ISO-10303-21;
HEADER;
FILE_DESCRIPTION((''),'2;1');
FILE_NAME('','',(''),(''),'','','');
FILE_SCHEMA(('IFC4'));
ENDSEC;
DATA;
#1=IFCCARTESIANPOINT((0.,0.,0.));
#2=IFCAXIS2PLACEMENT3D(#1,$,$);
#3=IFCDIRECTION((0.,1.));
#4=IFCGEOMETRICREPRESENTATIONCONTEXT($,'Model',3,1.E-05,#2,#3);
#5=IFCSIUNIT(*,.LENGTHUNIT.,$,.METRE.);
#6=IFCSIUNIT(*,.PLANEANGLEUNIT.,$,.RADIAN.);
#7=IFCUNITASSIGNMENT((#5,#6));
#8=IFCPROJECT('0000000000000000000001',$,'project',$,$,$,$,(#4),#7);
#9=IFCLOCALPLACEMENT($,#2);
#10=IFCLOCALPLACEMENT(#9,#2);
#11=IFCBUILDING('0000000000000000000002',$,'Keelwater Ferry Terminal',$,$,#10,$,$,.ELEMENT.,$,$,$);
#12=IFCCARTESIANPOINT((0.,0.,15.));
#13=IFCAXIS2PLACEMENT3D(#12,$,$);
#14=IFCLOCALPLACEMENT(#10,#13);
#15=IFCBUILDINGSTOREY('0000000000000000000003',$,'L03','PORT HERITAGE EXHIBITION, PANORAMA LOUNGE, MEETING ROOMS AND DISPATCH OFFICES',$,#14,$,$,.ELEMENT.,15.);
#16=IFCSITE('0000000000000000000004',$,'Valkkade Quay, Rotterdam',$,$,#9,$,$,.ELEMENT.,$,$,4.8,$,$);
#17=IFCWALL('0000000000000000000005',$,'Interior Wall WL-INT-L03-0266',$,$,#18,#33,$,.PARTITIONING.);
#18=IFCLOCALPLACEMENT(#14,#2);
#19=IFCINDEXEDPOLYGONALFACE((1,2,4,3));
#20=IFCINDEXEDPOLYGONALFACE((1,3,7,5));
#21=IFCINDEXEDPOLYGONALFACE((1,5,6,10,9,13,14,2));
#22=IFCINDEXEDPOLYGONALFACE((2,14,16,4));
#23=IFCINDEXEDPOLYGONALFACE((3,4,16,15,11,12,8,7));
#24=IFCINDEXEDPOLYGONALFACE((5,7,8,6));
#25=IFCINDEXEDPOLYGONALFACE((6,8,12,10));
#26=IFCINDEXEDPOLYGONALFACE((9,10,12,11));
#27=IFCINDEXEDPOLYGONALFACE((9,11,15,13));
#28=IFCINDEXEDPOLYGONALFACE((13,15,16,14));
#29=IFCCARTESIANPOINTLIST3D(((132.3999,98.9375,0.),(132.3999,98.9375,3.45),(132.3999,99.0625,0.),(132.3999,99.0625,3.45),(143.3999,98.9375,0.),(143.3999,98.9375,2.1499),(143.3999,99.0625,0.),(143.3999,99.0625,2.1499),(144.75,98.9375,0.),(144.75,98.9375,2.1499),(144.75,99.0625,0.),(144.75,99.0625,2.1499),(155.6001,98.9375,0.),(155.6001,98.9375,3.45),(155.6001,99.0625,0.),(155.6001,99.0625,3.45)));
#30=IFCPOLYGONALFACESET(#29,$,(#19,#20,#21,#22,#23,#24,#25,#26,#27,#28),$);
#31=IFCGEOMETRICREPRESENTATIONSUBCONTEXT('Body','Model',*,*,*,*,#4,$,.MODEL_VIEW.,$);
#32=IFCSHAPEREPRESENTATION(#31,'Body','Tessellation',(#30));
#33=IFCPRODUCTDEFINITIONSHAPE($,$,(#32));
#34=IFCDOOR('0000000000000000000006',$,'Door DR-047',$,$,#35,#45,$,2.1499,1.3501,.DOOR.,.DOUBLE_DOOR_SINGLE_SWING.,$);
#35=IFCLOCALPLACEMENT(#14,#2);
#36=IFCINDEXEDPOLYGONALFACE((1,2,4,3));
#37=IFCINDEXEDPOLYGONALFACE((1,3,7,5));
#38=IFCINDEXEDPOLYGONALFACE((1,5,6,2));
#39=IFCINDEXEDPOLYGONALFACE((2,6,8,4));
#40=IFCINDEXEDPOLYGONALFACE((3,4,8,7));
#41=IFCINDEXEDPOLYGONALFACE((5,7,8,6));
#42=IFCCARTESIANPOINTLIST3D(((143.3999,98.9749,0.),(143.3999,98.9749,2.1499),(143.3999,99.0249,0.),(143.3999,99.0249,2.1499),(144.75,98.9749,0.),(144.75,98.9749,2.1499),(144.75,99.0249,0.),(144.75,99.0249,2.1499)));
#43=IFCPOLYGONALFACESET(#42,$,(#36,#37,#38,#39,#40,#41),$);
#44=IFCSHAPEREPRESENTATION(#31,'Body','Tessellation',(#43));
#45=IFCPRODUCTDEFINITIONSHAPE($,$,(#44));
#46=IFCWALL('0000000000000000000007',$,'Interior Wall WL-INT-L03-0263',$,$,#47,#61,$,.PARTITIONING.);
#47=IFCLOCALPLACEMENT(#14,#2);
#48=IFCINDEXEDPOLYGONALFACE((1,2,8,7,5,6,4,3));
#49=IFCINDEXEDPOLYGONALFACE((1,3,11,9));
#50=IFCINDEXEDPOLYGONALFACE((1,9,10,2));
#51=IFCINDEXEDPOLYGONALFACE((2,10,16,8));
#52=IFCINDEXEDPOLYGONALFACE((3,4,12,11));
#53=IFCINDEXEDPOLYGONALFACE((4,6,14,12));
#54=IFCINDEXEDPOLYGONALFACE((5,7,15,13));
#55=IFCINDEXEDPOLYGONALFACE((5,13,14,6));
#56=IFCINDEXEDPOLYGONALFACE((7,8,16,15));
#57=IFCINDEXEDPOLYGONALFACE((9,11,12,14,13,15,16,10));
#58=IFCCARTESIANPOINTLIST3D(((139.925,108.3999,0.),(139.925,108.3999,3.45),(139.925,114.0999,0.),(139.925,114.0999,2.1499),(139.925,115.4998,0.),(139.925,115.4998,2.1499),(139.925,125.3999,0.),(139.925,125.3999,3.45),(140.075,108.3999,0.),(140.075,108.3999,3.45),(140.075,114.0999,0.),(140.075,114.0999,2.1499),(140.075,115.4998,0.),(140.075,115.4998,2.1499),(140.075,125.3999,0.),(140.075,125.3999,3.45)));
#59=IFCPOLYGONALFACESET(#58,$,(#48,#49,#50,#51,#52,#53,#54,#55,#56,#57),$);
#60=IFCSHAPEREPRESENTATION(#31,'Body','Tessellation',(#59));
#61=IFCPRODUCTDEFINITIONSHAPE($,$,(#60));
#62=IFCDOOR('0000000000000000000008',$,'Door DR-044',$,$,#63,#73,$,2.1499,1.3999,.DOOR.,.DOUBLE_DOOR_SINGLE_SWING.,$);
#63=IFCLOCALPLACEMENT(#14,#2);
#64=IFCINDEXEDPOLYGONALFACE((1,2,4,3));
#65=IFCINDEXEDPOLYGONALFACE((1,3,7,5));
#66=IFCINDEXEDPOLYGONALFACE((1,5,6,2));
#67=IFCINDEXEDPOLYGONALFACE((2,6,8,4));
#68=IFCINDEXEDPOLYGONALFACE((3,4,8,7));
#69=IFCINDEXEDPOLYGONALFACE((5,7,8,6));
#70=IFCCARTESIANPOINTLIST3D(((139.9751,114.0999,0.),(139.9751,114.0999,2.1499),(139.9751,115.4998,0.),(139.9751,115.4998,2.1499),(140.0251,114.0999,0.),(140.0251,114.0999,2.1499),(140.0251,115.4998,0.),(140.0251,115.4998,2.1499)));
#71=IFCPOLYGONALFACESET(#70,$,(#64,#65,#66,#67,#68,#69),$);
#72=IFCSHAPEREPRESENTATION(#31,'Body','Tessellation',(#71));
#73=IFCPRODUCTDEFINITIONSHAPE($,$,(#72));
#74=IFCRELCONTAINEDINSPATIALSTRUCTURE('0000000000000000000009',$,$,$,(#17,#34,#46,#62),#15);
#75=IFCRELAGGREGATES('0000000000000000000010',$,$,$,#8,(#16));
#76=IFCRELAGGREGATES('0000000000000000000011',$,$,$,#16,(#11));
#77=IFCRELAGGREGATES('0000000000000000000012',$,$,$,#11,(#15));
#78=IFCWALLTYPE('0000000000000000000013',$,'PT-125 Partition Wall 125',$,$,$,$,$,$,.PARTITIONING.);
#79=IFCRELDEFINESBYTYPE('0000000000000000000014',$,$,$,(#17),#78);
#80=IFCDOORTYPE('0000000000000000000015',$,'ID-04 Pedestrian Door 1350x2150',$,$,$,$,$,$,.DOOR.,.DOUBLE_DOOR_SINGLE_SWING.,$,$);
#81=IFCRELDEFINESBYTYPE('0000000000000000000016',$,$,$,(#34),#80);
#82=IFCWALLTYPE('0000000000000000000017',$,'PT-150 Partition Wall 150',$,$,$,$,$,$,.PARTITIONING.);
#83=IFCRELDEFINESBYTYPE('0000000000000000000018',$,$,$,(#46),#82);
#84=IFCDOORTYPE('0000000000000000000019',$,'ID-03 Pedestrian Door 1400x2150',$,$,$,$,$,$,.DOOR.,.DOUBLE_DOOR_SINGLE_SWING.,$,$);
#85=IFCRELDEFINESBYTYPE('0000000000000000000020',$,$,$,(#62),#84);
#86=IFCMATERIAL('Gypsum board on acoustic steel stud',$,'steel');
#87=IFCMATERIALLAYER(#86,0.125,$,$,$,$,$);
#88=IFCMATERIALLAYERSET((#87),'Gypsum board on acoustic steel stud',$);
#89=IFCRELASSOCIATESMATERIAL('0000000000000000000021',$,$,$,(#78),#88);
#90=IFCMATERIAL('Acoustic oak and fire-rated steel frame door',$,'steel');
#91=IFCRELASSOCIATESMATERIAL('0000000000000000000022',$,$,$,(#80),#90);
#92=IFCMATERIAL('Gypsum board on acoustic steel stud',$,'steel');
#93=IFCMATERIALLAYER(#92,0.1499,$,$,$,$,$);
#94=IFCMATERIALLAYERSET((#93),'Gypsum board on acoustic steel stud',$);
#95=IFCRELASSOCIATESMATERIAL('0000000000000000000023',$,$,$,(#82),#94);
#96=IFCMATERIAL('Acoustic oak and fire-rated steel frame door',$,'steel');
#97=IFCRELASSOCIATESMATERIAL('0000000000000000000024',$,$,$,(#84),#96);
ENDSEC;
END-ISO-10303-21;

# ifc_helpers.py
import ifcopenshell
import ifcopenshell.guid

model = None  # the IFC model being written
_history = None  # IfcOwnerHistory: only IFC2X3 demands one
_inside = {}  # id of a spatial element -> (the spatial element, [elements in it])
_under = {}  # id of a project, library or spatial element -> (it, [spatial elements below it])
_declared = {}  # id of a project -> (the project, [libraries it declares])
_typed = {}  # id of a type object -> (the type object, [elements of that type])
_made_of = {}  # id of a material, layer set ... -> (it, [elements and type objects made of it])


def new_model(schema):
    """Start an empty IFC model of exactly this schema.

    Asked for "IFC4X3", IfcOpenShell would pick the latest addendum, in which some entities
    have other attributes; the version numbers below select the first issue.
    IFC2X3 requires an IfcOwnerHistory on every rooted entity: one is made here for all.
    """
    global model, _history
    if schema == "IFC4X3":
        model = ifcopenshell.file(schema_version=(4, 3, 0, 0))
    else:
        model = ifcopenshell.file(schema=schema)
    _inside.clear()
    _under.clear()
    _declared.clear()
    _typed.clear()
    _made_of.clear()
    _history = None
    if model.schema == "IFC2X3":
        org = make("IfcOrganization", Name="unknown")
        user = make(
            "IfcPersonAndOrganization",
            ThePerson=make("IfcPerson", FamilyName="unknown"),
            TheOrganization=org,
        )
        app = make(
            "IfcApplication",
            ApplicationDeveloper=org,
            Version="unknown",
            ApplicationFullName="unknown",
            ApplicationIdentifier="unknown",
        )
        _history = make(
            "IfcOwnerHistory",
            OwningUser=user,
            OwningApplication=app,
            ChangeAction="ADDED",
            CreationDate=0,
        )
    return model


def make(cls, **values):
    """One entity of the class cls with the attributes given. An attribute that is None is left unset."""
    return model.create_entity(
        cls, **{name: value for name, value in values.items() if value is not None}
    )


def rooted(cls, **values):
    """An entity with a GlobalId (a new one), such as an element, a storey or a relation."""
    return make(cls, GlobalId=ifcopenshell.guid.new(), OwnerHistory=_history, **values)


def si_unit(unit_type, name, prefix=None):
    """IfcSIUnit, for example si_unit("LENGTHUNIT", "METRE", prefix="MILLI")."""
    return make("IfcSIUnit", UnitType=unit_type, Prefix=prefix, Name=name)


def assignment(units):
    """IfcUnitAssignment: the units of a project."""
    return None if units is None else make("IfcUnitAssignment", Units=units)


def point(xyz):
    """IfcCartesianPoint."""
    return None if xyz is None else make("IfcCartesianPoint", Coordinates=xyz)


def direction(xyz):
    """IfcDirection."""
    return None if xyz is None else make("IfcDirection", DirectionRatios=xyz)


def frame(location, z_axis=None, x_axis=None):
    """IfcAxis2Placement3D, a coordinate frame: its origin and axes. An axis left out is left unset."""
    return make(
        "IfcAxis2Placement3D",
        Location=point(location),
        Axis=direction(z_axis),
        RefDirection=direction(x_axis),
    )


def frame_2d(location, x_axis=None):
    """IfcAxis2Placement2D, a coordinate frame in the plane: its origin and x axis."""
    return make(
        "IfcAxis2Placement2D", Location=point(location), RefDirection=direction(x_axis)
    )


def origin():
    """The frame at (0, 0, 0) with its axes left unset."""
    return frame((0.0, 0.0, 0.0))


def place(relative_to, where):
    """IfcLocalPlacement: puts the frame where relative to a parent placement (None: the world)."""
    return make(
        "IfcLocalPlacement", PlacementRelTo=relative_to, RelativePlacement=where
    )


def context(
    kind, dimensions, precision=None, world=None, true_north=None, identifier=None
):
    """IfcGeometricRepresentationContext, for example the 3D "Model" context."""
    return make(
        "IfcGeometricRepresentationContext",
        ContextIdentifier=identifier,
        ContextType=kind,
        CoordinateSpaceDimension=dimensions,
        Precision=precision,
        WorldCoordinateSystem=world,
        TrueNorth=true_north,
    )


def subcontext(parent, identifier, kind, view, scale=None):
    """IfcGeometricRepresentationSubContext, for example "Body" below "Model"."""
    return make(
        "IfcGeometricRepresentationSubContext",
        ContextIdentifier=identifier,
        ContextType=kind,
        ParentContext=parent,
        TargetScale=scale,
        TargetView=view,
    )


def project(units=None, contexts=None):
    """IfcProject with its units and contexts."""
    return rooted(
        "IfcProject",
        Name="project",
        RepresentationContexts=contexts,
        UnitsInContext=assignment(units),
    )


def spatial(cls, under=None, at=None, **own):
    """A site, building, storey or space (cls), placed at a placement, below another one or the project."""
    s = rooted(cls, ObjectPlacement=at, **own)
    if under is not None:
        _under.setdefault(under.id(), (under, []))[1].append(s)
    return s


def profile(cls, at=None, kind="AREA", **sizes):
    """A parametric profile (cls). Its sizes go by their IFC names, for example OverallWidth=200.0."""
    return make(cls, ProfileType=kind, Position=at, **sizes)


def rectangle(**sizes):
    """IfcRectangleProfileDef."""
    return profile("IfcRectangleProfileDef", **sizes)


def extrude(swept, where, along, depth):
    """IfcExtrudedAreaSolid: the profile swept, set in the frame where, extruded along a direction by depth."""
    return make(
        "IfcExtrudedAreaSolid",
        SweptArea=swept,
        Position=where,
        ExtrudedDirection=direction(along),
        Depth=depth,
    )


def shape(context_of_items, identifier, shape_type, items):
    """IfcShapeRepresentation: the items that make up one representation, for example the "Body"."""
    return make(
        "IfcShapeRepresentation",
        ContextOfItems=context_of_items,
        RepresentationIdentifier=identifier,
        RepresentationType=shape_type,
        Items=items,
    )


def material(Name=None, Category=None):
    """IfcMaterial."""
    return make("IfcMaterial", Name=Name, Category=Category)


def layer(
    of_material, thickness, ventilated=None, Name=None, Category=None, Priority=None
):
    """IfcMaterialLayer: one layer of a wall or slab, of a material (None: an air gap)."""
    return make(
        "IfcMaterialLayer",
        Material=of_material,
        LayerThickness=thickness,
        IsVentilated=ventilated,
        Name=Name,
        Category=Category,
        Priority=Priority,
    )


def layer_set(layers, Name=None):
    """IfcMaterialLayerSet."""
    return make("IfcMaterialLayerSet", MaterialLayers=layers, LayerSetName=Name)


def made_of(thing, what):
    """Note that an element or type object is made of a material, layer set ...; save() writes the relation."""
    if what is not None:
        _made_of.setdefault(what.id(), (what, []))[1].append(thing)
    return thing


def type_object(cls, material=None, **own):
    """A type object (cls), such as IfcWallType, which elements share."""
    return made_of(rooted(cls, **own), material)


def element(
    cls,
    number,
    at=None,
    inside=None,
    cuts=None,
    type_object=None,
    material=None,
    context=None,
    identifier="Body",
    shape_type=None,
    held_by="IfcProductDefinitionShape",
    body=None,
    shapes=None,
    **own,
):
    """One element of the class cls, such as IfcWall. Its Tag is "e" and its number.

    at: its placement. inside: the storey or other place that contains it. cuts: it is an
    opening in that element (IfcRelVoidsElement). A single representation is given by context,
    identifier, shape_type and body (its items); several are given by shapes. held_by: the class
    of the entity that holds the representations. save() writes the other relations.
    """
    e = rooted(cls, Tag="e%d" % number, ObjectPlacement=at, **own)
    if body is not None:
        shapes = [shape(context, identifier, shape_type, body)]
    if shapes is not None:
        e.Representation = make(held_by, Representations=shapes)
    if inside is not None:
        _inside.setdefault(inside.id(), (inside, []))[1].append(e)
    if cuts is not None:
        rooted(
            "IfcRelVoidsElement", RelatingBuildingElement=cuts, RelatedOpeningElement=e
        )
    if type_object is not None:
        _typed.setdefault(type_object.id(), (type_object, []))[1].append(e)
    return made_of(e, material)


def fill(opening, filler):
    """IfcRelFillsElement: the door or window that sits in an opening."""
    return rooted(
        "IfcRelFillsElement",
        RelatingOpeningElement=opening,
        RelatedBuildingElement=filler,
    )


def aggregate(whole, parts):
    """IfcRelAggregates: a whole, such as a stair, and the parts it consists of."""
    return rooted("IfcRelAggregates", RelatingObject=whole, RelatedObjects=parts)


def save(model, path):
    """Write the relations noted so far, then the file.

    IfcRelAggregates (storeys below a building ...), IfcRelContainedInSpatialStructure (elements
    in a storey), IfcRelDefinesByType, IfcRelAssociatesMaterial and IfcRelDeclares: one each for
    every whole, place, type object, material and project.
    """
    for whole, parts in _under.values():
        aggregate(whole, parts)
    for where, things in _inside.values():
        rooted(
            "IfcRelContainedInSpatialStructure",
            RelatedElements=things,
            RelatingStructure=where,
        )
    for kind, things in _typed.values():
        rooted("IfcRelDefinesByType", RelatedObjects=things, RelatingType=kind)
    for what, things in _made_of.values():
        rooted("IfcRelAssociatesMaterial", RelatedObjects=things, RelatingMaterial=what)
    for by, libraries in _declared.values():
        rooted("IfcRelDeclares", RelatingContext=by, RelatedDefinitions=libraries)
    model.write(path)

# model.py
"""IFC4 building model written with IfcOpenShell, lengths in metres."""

from ifc_helpers import new_model, si_unit, direction, frame, frame_2d, origin, place, context, subcontext, project, spatial, rectangle, extrude, material, layer, layer_set, type_object, element, fill, save


model = new_model("IFC4")

# Units and contexts
model_context = context("Model", 3, precision=1e-05, world=origin(), true_north=direction((0.0, 1.0)))
body_context = subcontext(model_context, "Body", "Model", "MODEL_VIEW")
ifc_project = project(units=[si_unit("LENGTHUNIT", "METRE"), si_unit("PLANEANGLEUNIT", "RADIAN")], contexts=[model_context])

# Site, building, storey
site_placement = place(None, origin())
site = spatial("IfcSite", under=ifc_project, at=site_placement, Name="Valkkade Quay, Rotterdam", CompositionType="ELEMENT", RefElevation=4.8)
building_placement = place(site_placement, origin())
building = spatial("IfcBuilding", under=site, at=building_placement, Name="Keelwater Ferry Terminal", CompositionType="ELEMENT")
storey_placement = place(building_placement, frame((0.0, 0.0, 15.0)))
storey = spatial("IfcBuildingStorey", under=building, at=storey_placement, Name="L03", Description="PORT HERITAGE EXHIBITION, PANORAMA LOUNGE, MEETING ROOMS AND DISPATCH OFFICES", CompositionType="ELEMENT", Elevation=15.0)

# Walls, openings, doors
ifc_material_1 = material(Name="Gypsum board on acoustic steel stud", Category="steel")
ifc_layer_1 = layer(ifc_material_1, 0.125)
ifc_layer_set_1 = layer_set([ifc_layer_1], Name="Gypsum board on acoustic steel stud")
wall_type_1 = type_object("IfcWallType", Name="PT-125 Partition Wall 125", PredefinedType="PARTITIONING", material=ifc_layer_set_1)
wall_1_placement = place(storey_placement, frame((132.3999, 99.0, 0.0), z_axis=(0.0, 0.0, 1.0), x_axis=(1.0, 0.0, 0.0)))
wall_1 = element("IfcWall", 1, at=wall_1_placement, inside=storey, type_object=wall_type_1, Name="Interior Wall WL-INT-L03-0266", PredefinedType="PARTITIONING", context=body_context, shape_type="SweptSolid", body=[
    extrude(rectangle(XDim=23.2002, YDim=0.125, at=frame_2d((11.6001, 0.0))), origin(), (0.0, 0.0, 1.0), 3.45),
])
opening_1_placement = place(wall_1_placement, frame((11.0, 0.0, 0.0)))
opening_1 = element("IfcOpeningElement", 2, at=opening_1_placement, cuts=wall_1, PredefinedType="OPENING", context=body_context, shape_type="SweptSolid", body=[
    extrude(rectangle(XDim=1.3501, YDim=2.1499, at=frame_2d((0.675, 1.075))), frame((0.0, 0.0725, 0.0), z_axis=(0.0, -1.0, 0.0), x_axis=(1.0, 0.0, 0.0)), (0.0, 0.0, 1.0), 0.145),
])
ifc_material_2 = material(Name="Acoustic oak and fire-rated steel frame door", Category="steel")
door_type_1 = type_object("IfcDoorType", Name="ID-04 Pedestrian Door 1350x2150", OperationType="DOUBLE_DOOR_SINGLE_SWING", PredefinedType="DOOR", material=ifc_material_2)
door_1_placement = place(opening_1_placement, origin())
door_1 = element("IfcDoor", 3, at=door_1_placement, inside=storey, type_object=door_type_1, Name="Door DR-047", OperationType="DOUBLE_DOOR_SINGLE_SWING", OverallHeight=2.1499, OverallWidth=1.3501, PredefinedType="DOOR", context=body_context, shape_type="SweptSolid", body=[
    extrude(rectangle(XDim=1.3501, YDim=2.1499, at=frame_2d((0.675, 1.075))), frame((0.0, 0.0249, 0.0), z_axis=(0.0, -1.0, 0.0), x_axis=(1.0, 0.0, 0.0)), (0.0, 0.0, 1.0), 0.05),
])
fill(opening_1, door_1)
ifc_material_3 = material(Name="Gypsum board on acoustic steel stud", Category="steel")
ifc_layer_2 = layer(ifc_material_3, 0.1499)
ifc_layer_set_2 = layer_set([ifc_layer_2], Name="Gypsum board on acoustic steel stud")
wall_type_2 = type_object("IfcWallType", Name="PT-150 Partition Wall 150", PredefinedType="PARTITIONING", material=ifc_layer_set_2)
wall_2_placement = place(storey_placement, frame((140.0, 108.3999, 0.0), z_axis=(0.0, 0.0, 1.0), x_axis=(0.0, 1.0, 0.0)))
wall_2 = element("IfcWall", 4, at=wall_2_placement, inside=storey, type_object=wall_type_2, Name="Interior Wall WL-INT-L03-0263", PredefinedType="PARTITIONING", context=body_context, shape_type="SweptSolid", body=[
    extrude(rectangle(XDim=17.0, YDim=0.1499, at=frame_2d((8.5, 0.0))), origin(), (0.0, 0.0, 1.0), 3.45),
])
opening_2_placement = place(wall_2_placement, frame((5.7, 0.0, 0.0)))
opening_2 = element("IfcOpeningElement", 5, at=opening_2_placement, cuts=wall_2, PredefinedType="OPENING", context=body_context, shape_type="SweptSolid", body=[
    extrude(rectangle(XDim=1.3999, YDim=2.1499, at=frame_2d((0.7, 1.075))), frame((0.0, 0.085, 0.0), z_axis=(0.0, -1.0, 0.0), x_axis=(1.0, 0.0, 0.0)), (0.0, 0.0, 1.0), 0.1699),
])
ifc_material_4 = material(Name="Acoustic oak and fire-rated steel frame door", Category="steel")
door_type_2 = type_object("IfcDoorType", Name="ID-03 Pedestrian Door 1400x2150", OperationType="DOUBLE_DOOR_SINGLE_SWING", PredefinedType="DOOR", material=ifc_material_4)
door_2_placement = place(opening_2_placement, origin())
door_2 = element("IfcDoor", 6, at=door_2_placement, inside=storey, type_object=door_type_2, Name="Door DR-044", OperationType="DOUBLE_DOOR_SINGLE_SWING", OverallHeight=2.1499, OverallWidth=1.3999, PredefinedType="DOOR", context=body_context, shape_type="SweptSolid", body=[
    extrude(rectangle(XDim=1.3999, YDim=2.1499, at=frame_2d((0.7, 1.075))), frame((0.0, 0.0249, 0.0), z_axis=(0.0, -1.0, 0.0), x_axis=(1.0, 0.0, 0.0)), (0.0, 0.0, 1.0), 0.05),
])
fill(opening_2, door_2)

save(model, "model.ifc")
